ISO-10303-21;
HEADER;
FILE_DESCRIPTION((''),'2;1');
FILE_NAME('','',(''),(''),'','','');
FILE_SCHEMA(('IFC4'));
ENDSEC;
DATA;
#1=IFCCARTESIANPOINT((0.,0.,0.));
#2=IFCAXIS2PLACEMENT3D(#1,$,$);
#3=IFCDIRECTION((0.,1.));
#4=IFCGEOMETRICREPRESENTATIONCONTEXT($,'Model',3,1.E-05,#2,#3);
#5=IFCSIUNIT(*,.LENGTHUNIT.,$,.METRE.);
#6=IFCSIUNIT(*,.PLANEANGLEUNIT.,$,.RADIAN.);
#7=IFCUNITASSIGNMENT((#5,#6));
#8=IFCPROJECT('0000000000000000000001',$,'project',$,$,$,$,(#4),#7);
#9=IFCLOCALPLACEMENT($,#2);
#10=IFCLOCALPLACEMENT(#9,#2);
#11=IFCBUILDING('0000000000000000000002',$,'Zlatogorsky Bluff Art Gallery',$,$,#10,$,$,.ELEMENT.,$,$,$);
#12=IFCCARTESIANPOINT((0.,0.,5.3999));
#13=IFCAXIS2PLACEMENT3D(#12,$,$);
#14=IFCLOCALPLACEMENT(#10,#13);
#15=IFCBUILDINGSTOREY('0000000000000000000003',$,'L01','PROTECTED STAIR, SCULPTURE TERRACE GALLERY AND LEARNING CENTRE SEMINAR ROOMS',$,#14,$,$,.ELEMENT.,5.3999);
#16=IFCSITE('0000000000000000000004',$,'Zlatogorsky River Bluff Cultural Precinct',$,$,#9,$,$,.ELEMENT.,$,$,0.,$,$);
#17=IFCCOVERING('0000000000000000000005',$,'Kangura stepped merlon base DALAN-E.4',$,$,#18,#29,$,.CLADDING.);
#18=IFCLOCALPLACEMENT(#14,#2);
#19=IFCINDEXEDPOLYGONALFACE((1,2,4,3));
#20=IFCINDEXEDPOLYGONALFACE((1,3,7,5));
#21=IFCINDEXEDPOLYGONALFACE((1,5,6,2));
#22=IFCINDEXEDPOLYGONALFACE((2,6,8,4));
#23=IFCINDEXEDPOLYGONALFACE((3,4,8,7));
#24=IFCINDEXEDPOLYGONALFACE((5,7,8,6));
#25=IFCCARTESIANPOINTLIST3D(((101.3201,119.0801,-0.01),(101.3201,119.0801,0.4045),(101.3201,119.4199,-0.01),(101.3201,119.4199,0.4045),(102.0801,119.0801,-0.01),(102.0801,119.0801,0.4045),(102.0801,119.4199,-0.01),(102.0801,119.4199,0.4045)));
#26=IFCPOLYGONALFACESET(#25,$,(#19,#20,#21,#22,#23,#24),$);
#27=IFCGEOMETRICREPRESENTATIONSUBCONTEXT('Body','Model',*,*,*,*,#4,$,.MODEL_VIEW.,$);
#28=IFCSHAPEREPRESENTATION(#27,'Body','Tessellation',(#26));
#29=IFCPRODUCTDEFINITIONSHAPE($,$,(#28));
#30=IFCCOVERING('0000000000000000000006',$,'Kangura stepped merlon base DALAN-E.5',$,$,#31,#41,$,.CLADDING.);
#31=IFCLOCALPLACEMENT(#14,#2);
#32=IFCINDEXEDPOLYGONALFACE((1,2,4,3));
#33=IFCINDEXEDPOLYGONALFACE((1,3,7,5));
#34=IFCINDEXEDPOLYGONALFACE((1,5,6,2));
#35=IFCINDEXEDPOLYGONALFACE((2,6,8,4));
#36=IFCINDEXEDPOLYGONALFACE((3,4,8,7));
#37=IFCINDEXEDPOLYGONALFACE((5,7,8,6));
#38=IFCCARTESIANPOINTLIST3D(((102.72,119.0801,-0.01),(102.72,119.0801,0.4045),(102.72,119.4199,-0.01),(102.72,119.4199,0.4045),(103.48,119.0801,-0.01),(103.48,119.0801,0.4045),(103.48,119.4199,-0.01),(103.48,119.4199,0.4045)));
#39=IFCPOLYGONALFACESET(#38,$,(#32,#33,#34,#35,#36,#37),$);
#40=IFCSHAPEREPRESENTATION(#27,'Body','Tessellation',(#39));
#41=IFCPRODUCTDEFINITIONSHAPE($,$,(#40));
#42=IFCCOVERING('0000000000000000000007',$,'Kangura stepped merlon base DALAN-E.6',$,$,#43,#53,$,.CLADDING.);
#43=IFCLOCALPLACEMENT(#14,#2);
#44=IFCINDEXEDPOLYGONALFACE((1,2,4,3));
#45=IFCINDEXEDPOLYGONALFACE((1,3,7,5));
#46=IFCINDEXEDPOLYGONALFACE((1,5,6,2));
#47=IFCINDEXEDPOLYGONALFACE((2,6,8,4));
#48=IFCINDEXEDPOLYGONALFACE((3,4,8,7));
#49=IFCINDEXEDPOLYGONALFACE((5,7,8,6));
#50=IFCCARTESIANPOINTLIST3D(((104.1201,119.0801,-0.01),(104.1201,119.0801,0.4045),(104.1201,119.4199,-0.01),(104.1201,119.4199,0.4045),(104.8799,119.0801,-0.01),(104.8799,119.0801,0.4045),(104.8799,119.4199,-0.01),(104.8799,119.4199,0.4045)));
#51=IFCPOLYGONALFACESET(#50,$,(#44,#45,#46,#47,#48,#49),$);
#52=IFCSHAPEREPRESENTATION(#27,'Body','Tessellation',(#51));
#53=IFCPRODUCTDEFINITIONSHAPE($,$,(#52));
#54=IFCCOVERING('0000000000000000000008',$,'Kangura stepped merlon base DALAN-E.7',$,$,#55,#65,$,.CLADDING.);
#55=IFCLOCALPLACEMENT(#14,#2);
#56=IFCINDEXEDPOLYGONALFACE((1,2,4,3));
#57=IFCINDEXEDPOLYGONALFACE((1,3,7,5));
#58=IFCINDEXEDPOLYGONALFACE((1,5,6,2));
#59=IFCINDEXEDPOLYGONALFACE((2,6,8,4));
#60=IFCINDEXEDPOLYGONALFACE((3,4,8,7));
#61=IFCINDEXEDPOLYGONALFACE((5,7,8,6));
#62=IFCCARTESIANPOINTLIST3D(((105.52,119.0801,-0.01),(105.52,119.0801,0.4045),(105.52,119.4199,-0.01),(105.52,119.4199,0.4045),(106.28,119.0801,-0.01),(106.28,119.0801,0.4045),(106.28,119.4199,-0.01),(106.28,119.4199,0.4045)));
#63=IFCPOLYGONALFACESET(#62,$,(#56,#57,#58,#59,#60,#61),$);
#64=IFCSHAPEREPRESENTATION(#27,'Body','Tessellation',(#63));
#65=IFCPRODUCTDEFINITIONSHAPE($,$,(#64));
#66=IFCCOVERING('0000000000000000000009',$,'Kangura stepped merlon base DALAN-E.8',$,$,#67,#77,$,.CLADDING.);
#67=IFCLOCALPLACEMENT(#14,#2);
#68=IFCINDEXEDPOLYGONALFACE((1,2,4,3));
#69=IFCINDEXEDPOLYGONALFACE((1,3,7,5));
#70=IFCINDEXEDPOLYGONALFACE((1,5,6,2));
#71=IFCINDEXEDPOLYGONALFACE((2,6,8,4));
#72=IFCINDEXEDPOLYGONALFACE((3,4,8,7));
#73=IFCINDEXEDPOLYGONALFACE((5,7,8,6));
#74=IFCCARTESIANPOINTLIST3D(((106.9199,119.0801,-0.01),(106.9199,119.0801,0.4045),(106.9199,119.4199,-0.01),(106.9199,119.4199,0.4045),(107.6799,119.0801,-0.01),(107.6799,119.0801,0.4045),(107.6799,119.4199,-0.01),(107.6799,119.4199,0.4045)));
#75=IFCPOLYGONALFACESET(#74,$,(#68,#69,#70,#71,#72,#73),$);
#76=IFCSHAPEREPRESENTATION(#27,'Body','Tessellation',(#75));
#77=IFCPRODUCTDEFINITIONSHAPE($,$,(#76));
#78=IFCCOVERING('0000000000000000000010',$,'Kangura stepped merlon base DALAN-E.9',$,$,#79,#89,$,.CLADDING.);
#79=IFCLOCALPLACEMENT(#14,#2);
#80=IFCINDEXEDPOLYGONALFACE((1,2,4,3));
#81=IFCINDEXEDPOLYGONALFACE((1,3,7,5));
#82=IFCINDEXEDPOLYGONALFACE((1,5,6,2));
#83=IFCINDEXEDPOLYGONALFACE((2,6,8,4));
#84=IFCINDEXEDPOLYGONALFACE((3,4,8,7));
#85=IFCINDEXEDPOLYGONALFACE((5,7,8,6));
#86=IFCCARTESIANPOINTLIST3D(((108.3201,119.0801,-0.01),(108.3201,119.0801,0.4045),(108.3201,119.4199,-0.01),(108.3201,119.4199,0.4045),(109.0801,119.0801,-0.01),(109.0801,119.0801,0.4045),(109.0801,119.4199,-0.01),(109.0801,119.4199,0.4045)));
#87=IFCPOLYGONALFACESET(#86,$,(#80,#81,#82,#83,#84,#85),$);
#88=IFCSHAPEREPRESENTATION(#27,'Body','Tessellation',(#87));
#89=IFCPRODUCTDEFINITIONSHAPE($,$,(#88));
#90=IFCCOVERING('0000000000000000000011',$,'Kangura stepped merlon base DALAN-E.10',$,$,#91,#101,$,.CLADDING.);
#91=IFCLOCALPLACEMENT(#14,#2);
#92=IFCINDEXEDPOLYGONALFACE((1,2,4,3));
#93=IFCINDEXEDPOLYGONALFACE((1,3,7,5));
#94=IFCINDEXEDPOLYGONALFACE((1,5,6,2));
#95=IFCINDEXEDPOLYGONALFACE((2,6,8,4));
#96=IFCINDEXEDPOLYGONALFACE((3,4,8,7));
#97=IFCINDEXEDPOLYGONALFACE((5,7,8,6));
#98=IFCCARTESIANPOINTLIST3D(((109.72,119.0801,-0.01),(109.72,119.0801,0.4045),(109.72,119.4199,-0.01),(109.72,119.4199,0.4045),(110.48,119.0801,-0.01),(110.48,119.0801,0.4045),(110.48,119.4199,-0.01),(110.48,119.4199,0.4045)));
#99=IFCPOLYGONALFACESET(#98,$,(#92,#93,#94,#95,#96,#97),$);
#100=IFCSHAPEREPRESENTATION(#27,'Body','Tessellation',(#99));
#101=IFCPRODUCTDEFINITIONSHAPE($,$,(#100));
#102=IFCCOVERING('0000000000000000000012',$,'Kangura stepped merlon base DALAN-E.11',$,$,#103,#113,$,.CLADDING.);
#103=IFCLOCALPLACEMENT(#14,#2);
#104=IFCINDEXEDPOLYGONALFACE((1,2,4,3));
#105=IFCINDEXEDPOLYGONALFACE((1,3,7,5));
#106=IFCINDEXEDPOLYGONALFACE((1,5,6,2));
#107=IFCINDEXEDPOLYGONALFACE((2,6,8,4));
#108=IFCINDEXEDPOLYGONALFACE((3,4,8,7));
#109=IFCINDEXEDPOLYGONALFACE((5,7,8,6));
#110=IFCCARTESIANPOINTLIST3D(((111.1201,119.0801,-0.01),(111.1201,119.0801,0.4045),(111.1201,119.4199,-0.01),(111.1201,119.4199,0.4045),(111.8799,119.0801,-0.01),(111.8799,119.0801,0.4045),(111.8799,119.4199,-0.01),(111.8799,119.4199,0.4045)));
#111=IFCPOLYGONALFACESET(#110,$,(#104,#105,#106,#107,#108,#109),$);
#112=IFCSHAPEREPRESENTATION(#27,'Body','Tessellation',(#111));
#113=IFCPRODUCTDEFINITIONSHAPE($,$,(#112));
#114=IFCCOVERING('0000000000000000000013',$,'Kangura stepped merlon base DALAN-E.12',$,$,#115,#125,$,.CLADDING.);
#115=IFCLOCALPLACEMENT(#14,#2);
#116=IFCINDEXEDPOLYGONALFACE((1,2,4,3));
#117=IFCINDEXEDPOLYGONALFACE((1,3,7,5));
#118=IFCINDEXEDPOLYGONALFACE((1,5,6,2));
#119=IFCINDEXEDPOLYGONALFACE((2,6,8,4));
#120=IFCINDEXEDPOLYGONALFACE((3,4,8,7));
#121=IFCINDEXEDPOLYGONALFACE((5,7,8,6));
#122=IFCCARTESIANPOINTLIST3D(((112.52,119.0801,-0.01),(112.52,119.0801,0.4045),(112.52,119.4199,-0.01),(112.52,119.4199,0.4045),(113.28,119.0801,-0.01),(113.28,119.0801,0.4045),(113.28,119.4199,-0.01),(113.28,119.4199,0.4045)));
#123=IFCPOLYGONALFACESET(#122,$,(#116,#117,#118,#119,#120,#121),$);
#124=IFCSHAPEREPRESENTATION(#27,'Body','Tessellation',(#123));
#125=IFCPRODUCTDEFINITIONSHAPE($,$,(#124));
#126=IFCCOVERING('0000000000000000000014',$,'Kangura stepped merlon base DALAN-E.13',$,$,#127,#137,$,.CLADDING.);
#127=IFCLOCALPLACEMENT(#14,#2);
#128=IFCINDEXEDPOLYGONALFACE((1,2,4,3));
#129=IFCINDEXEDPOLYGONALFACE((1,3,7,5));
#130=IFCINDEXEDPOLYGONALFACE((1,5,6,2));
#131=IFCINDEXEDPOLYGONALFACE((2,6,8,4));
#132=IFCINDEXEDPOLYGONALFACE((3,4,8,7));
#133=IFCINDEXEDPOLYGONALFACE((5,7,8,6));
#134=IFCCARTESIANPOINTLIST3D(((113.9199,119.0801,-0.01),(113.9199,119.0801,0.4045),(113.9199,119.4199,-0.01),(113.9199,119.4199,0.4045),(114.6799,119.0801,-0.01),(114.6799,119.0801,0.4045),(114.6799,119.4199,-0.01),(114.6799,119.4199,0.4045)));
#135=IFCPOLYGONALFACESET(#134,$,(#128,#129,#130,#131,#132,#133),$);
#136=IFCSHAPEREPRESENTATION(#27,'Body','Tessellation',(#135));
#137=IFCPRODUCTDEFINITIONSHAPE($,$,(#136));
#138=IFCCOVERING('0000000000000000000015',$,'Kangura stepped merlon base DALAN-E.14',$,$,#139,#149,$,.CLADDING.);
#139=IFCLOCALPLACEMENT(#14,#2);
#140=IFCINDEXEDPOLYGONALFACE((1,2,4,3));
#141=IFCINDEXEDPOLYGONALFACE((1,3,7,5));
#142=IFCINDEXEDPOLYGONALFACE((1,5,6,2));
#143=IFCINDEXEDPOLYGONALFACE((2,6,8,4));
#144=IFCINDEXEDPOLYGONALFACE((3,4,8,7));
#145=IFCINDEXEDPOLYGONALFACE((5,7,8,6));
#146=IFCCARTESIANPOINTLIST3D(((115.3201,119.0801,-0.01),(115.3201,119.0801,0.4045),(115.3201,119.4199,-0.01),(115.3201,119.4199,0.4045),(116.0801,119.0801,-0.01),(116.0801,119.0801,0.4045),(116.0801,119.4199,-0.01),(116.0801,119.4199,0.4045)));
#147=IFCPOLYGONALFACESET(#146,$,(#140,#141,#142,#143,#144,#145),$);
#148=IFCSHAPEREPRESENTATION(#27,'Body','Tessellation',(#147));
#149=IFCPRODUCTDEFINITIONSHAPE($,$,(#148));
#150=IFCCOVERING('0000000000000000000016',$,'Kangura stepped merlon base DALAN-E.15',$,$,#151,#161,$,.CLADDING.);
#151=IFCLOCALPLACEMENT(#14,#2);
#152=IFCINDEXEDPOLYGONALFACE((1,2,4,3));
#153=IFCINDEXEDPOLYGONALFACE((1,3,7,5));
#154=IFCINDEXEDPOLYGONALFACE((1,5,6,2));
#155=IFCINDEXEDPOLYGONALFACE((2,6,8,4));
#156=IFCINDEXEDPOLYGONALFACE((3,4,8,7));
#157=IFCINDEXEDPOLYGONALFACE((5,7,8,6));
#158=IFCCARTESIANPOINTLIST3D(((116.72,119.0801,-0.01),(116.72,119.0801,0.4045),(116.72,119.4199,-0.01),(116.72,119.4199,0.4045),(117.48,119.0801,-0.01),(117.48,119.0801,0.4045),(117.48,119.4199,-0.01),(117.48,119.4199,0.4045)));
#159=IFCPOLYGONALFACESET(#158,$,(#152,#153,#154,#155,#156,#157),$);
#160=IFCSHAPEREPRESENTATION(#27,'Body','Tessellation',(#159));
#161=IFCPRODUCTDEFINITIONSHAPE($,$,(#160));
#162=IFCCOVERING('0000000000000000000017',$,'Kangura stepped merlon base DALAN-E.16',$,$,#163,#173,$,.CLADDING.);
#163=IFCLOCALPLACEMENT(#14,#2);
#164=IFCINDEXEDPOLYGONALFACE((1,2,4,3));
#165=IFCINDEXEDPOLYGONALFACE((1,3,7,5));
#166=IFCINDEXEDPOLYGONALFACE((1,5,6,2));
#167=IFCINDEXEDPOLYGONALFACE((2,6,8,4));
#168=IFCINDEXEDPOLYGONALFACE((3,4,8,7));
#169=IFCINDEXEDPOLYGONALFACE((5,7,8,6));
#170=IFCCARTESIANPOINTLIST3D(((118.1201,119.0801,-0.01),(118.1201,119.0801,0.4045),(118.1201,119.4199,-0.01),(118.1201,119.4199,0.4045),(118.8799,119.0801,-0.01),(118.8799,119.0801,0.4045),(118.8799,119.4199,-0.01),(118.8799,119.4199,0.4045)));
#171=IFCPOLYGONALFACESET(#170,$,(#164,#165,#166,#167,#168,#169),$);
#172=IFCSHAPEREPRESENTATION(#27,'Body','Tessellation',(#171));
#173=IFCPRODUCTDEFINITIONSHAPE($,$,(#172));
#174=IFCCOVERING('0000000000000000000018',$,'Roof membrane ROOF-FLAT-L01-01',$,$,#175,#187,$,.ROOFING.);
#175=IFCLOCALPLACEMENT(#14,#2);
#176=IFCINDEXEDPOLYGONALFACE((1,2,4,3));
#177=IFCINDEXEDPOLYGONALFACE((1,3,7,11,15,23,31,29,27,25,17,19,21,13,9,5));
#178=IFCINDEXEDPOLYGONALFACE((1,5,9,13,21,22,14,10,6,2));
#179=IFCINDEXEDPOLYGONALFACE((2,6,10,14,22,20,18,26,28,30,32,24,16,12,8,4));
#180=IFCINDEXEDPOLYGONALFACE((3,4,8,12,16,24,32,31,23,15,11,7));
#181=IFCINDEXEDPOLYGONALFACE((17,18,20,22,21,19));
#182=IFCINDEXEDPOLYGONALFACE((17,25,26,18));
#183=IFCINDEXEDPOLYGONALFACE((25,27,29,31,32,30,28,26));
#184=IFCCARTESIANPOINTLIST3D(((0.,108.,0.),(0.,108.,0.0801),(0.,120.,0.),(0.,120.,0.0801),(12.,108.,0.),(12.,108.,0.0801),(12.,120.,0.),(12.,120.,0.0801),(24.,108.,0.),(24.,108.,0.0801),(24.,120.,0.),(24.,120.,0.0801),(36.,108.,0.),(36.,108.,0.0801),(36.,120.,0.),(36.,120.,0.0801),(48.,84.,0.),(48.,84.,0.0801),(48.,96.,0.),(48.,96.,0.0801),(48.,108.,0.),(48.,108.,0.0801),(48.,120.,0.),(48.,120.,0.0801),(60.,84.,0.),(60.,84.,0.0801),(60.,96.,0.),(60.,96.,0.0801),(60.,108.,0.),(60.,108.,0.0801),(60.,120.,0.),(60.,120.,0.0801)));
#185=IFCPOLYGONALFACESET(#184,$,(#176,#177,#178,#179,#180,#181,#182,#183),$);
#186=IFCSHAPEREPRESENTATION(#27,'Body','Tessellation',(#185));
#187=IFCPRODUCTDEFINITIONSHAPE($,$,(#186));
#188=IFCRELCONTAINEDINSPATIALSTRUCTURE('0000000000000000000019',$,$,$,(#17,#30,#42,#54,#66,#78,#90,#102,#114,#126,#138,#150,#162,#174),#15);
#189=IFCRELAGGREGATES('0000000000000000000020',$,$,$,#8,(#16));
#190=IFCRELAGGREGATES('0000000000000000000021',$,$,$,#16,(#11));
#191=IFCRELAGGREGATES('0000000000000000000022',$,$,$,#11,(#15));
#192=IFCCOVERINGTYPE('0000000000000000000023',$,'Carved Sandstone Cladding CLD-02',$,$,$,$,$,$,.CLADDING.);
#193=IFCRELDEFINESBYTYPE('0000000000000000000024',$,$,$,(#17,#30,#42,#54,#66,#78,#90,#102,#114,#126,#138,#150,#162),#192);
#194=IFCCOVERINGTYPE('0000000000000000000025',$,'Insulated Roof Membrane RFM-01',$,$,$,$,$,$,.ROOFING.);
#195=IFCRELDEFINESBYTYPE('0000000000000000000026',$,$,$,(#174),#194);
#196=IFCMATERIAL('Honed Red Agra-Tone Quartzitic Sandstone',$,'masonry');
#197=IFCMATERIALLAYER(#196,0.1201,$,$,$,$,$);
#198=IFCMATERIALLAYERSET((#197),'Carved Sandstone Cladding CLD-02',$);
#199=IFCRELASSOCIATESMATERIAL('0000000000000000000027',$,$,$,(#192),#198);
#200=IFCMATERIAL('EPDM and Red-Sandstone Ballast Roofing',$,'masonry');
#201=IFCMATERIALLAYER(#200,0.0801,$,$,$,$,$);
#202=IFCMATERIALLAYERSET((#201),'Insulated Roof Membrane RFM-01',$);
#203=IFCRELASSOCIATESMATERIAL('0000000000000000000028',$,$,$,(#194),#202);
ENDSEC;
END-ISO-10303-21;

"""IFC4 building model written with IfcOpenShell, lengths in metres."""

from ifc_helpers import new_model, si_unit, direction, frame, origin, place, context, subcontext, project, spatial, polyline, outline, extrude, material, layer, layer_set, type_object, element, save


model = new_model("IFC4")

# Units and contexts
model_context = context("Model", 3, precision=1e-05, world=origin(), true_north=direction((0.0, 1.0)))
body_context = subcontext(model_context, "Body", "Model", "MODEL_VIEW")
ifc_project = project(units=[si_unit("LENGTHUNIT", "METRE"), si_unit("PLANEANGLEUNIT", "RADIAN")], contexts=[model_context])

# Site, building, storey
site_placement = place(None, origin())
site = spatial("IfcSite", under=ifc_project, at=site_placement, Name="Zlatogorsky River Bluff Cultural Precinct", CompositionType="ELEMENT", RefElevation=0.0)
building_placement = place(site_placement, origin())
building = spatial("IfcBuilding", under=site, at=building_placement, Name="Zlatogorsky Bluff Art Gallery", CompositionType="ELEMENT")
storey_placement = place(building_placement, frame((0.0, 0.0, 5.3999)))
storey = spatial("IfcBuildingStorey", under=building, at=storey_placement, Name="L01", Description="PROTECTED STAIR, SCULPTURE TERRACE GALLERY AND LEARNING CENTRE SEMINAR ROOMS", CompositionType="ELEMENT", Elevation=5.3999)

# Coverings
ifc_material_1 = material(Name="Honed Red Agra-Tone Quartzitic Sandstone", Category="masonry")
ifc_layer_1 = layer(ifc_material_1, 0.1201)
ifc_layer_set_1 = layer_set([ifc_layer_1], Name="Carved Sandstone Cladding CLD-02")
covering_type_1 = type_object("IfcCoveringType", Name="Carved Sandstone Cladding CLD-02", PredefinedType="CLADDING", material=ifc_layer_set_1)
covering_1_placement = place(storey_placement, frame((0.0, 0.0, -0.01)))
element("IfcCovering", 1, at=covering_1_placement, inside=storey, type_object=covering_type_1, Name="Kangura stepped merlon base DALAN-E.4", PredefinedType="CLADDING", context=body_context, shape_type="SweptSolid", body=[
    extrude(outline(polyline([(101.3201, 119.0801), (102.0801, 119.0801), (102.0801, 119.4199), (101.3201, 119.4199), (101.3201, 119.0801)])), origin(), (0.0, 0.0, 1.0), 0.4146),
])
covering_2_placement = place(storey_placement, frame((0.0, 0.0, -0.01)))
element("IfcCovering", 2, at=covering_2_placement, inside=storey, type_object=covering_type_1, Name="Kangura stepped merlon base DALAN-E.5", PredefinedType="CLADDING", context=body_context, shape_type="SweptSolid", body=[
    extrude(outline(polyline([(102.72, 119.0801), (103.48, 119.0801), (103.48, 119.4199), (102.72, 119.4199), (102.72, 119.0801)])), origin(), (0.0, 0.0, 1.0), 0.4146),
])
covering_3_placement = place(storey_placement, frame((0.0, 0.0, -0.01)))
element("IfcCovering", 3, at=covering_3_placement, inside=storey, type_object=covering_type_1, Name="Kangura stepped merlon base DALAN-E.6", PredefinedType="CLADDING", context=body_context, shape_type="SweptSolid", body=[
    extrude(outline(polyline([(104.1201, 119.0801), (104.8799, 119.0801), (104.8799, 119.4199), (104.1201, 119.4199), (104.1201, 119.0801)])), origin(), (0.0, 0.0, 1.0), 0.4146),
])
covering_4_placement = place(storey_placement, frame((0.0, 0.0, -0.01)))
element("IfcCovering", 4, at=covering_4_placement, inside=storey, type_object=covering_type_1, Name="Kangura stepped merlon base DALAN-E.7", PredefinedType="CLADDING", context=body_context, shape_type="SweptSolid", body=[
    extrude(outline(polyline([(105.52, 119.0801), (106.28, 119.0801), (106.28, 119.4199), (105.52, 119.4199), (105.52, 119.0801)])), origin(), (0.0, 0.0, 1.0), 0.4146),
])
covering_5_placement = place(storey_placement, frame((0.0, 0.0, -0.01)))
element("IfcCovering", 5, at=covering_5_placement, inside=storey, type_object=covering_type_1, Name="Kangura stepped merlon base DALAN-E.8", PredefinedType="CLADDING", context=body_context, shape_type="SweptSolid", body=[
    extrude(outline(polyline([(106.9199, 119.0801), (107.6799, 119.0801), (107.6799, 119.4199), (106.9199, 119.4199), (106.9199, 119.0801)])), origin(), (0.0, 0.0, 1.0), 0.4146),
])
covering_6_placement = place(storey_placement, frame((0.0, 0.0, -0.01)))
element("IfcCovering", 6, at=covering_6_placement, inside=storey, type_object=covering_type_1, Name="Kangura stepped merlon base DALAN-E.9", PredefinedType="CLADDING", context=body_context, shape_type="SweptSolid", body=[
    extrude(outline(polyline([(108.3201, 119.0801), (109.0801, 119.0801), (109.0801, 119.4199), (108.3201, 119.4199), (108.3201, 119.0801)])), origin(), (0.0, 0.0, 1.0), 0.4146),
])
covering_7_placement = place(storey_placement, frame((0.0, 0.0, -0.01)))
element("IfcCovering", 7, at=covering_7_placement, inside=storey, type_object=covering_type_1, Name="Kangura stepped merlon base DALAN-E.10", PredefinedType="CLADDING", context=body_context, shape_type="SweptSolid", body=[
    extrude(outline(polyline([(109.72, 119.0801), (110.48, 119.0801), (110.48, 119.4199), (109.72, 119.4199), (109.72, 119.0801)])), origin(), (0.0, 0.0, 1.0), 0.4146),
])
covering_8_placement = place(storey_placement, frame((0.0, 0.0, -0.01)))
element("IfcCovering", 8, at=covering_8_placement, inside=storey, type_object=covering_type_1, Name="Kangura stepped merlon base DALAN-E.11", PredefinedType="CLADDING", context=body_context, shape_type="SweptSolid", body=[
    extrude(outline(polyline([(111.1201, 119.0801), (111.8799, 119.0801), (111.8799, 119.4199), (111.1201, 119.4199), (111.1201, 119.0801)])), origin(), (0.0, 0.0, 1.0), 0.4146),
])
covering_9_placement = place(storey_placement, frame((0.0, 0.0, -0.01)))
element("IfcCovering", 9, at=covering_9_placement, inside=storey, type_object=covering_type_1, Name="Kangura stepped merlon base DALAN-E.12", PredefinedType="CLADDING", context=body_context, shape_type="SweptSolid", body=[
    extrude(outline(polyline([(112.52, 119.0801), (113.28, 119.0801), (113.28, 119.4199), (112.52, 119.4199), (112.52, 119.0801)])), origin(), (0.0, 0.0, 1.0), 0.4146),
])
covering_10_placement = place(storey_placement, frame((0.0, 0.0, -0.01)))
element("IfcCovering", 10, at=covering_10_placement, inside=storey, type_object=covering_type_1, Name="Kangura stepped merlon base DALAN-E.13", PredefinedType="CLADDING", context=body_context, shape_type="SweptSolid", body=[
    extrude(outline(polyline([(113.9199, 119.0801), (114.6799, 119.0801), (114.6799, 119.4199), (113.9199, 119.4199), (113.9199, 119.0801)])), origin(), (0.0, 0.0, 1.0), 0.4146),
])
covering_11_placement = place(storey_placement, frame((0.0, 0.0, -0.01)))
element("IfcCovering", 11, at=covering_11_placement, inside=storey, type_object=covering_type_1, Name="Kangura stepped merlon base DALAN-E.14", PredefinedType="CLADDING", context=body_context, shape_type="SweptSolid", body=[
    extrude(outline(polyline([(115.3201, 119.0801), (116.0801, 119.0801), (116.0801, 119.4199), (115.3201, 119.4199), (115.3201, 119.0801)])), origin(), (0.0, 0.0, 1.0), 0.4146),
])
covering_12_placement = place(storey_placement, frame((0.0, 0.0, -0.01)))
element("IfcCovering", 12, at=covering_12_placement, inside=storey, type_object=covering_type_1, Name="Kangura stepped merlon base DALAN-E.15", PredefinedType="CLADDING", context=body_context, shape_type="SweptSolid", body=[
    extrude(outline(polyline([(116.72, 119.0801), (117.48, 119.0801), (117.48, 119.4199), (116.72, 119.4199), (116.72, 119.0801)])), origin(), (0.0, 0.0, 1.0), 0.4146),
])
covering_13_placement = place(storey_placement, frame((0.0, 0.0, -0.01)))
element("IfcCovering", 13, at=covering_13_placement, inside=storey, type_object=covering_type_1, Name="Kangura stepped merlon base DALAN-E.16", PredefinedType="CLADDING", context=body_context, shape_type="SweptSolid", body=[
    extrude(outline(polyline([(118.1201, 119.0801), (118.8799, 119.0801), (118.8799, 119.4199), (118.1201, 119.4199), (118.1201, 119.0801)])), origin(), (0.0, 0.0, 1.0), 0.4146),
])
ifc_material_2 = material(Name="EPDM and Red-Sandstone Ballast Roofing", Category="masonry")
ifc_layer_2 = layer(ifc_material_2, 0.0801)
ifc_layer_set_2 = layer_set([ifc_layer_2], Name="Insulated Roof Membrane RFM-01")
covering_type_2 = type_object("IfcCoveringType", Name="Insulated Roof Membrane RFM-01", PredefinedType="ROOFING", material=ifc_layer_set_2)
covering_14_placement = place(storey_placement, origin())
element("IfcCovering", 14, at=covering_14_placement, inside=storey, type_object=covering_type_2, Name="Roof membrane ROOF-FLAT-L01-01", PredefinedType="ROOFING", context=body_context, shape_type="SweptSolid", body=[
    extrude(outline(polyline([(48.0, 84.0), (48.0, 96.0), (48.0, 108.0), (36.0, 108.0), (24.0, 108.0), (12.0, 108.0), (0.0, 108.0), (0.0, 120.0), (12.0, 120.0), (24.0, 120.0), (36.0, 120.0), (48.0, 120.0), (60.0, 120.0), (60.0, 108.0), (60.0, 96.0), (60.0, 84.0), (48.0, 84.0)])), origin(), (0.0, 0.0, 1.0), 0.0801),
])

save(model, "model.ifc")
